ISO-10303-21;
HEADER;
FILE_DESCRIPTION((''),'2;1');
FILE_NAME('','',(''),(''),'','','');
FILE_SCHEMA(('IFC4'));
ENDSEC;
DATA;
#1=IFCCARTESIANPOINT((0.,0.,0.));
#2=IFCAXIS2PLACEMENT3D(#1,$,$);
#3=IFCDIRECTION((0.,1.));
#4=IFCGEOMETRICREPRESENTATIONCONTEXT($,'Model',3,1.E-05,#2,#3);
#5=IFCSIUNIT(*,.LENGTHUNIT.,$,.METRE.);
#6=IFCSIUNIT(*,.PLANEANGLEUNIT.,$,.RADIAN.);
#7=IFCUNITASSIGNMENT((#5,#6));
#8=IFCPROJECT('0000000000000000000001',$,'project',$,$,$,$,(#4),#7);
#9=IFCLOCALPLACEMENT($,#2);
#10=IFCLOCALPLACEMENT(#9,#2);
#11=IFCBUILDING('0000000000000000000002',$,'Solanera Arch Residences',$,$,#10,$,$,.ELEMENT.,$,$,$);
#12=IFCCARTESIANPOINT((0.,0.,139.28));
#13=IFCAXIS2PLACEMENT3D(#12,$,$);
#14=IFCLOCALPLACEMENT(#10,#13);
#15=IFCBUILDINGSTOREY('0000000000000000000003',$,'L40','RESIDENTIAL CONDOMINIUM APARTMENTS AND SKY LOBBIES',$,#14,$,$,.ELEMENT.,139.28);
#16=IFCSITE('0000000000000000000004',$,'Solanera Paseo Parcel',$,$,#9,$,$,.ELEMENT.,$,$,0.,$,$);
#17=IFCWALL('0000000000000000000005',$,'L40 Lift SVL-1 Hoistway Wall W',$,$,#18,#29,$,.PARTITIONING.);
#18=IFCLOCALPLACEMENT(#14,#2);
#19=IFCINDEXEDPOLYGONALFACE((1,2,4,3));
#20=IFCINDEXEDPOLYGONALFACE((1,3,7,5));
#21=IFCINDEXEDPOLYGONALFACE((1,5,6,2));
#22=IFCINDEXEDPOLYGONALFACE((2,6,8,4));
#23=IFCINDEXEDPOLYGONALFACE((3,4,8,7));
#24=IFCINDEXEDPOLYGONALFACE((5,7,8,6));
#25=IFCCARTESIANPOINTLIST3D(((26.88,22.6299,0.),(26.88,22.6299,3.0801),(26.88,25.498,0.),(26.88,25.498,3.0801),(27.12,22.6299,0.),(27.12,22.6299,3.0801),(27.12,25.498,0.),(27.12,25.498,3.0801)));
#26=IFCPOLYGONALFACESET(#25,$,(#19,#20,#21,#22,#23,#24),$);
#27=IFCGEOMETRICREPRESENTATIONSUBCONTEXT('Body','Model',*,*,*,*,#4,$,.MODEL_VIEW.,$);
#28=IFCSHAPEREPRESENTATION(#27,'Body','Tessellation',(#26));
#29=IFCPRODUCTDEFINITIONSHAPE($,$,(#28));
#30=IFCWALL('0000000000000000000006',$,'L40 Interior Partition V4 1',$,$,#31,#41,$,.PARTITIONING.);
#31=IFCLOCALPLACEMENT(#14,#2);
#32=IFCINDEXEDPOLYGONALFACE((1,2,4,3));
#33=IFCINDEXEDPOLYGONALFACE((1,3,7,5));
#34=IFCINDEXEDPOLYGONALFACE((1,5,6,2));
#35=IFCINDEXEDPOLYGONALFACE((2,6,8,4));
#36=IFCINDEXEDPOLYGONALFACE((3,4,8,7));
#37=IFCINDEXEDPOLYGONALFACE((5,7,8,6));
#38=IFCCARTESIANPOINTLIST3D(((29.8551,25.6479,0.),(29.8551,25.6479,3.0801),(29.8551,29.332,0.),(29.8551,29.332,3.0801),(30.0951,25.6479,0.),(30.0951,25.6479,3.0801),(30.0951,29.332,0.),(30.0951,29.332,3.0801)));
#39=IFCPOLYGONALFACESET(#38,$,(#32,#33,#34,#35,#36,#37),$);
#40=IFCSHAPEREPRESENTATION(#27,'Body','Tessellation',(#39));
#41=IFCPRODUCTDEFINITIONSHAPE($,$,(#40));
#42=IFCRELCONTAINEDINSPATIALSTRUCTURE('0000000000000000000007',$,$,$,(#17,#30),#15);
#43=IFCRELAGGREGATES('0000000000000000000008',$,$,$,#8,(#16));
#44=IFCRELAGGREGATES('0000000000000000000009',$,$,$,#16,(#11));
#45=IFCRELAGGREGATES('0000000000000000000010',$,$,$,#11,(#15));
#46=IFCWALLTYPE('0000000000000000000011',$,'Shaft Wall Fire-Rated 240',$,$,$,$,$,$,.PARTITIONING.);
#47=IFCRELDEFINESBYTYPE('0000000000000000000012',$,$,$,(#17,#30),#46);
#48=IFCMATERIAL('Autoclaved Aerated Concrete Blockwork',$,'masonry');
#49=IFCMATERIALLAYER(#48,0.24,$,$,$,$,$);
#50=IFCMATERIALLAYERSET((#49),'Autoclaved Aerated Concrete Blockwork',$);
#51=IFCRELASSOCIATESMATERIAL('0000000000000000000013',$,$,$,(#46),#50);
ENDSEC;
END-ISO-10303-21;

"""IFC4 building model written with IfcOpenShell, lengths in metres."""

from ifc_helpers import new_model, si_unit, direction, frame, frame_2d, origin, place, context, subcontext, project, spatial, rectangle, extrude, material, layer, layer_set, type_object, element, save


model = new_model("IFC4")

# Units and contexts
model_context = context("Model", 3, precision=1e-05, world=origin(), true_north=direction((0.0, 1.0)))
body_context = subcontext(model_context, "Body", "Model", "MODEL_VIEW")
ifc_project = project(units=[si_unit("LENGTHUNIT", "METRE"), si_unit("PLANEANGLEUNIT", "RADIAN")], contexts=[model_context])

# Site, building, storey
site_placement = place(None, origin())
site = spatial("IfcSite", under=ifc_project, at=site_placement, Name="Solanera Paseo Parcel", CompositionType="ELEMENT", RefElevation=0.0)
building_placement = place(site_placement, origin())
building = spatial("IfcBuilding", under=site, at=building_placement, Name="Solanera Arch Residences", CompositionType="ELEMENT")
storey_placement = place(building_placement, frame((0.0, 0.0, 139.28)))
storey = spatial("IfcBuildingStorey", under=building, at=storey_placement, Name="L40", Description="RESIDENTIAL CONDOMINIUM APARTMENTS AND SKY LOBBIES", CompositionType="ELEMENT", Elevation=139.28)

# Walls
ifc_material_1 = material(Name="Autoclaved Aerated Concrete Blockwork", Category="masonry")
ifc_layer_1 = layer(ifc_material_1, 0.24)
ifc_layer_set_1 = layer_set([ifc_layer_1], Name="Autoclaved Aerated Concrete Blockwork")
wall_type_1 = type_object("IfcWallType", Name="Shaft Wall Fire-Rated 240", PredefinedType="PARTITIONING", material=ifc_layer_set_1)
wall_1_placement = place(storey_placement, frame((27.0, 22.6299, 0.0), z_axis=(0.0, 0.0, 1.0), x_axis=(0.0, 1.0, 0.0)))
element("IfcWall", 1, at=wall_1_placement, inside=storey, type_object=wall_type_1, Name="L40 Lift SVL-1 Hoistway Wall W", PredefinedType="PARTITIONING", context=body_context, shape_type="SweptSolid", body=[
    extrude(rectangle(XDim=2.8682, YDim=0.24, at=frame_2d((1.4341, 0.0))), origin(), (0.0, 0.0, 1.0), 3.0801),
])
wall_2_placement = place(storey_placement, frame((29.9751, 25.6479, 0.0), z_axis=(0.0, 0.0, 1.0), x_axis=(0.0, 1.0, 0.0)))
element("IfcWall", 2, at=wall_2_placement, inside=storey, type_object=wall_type_1, Name="L40 Interior Partition V4 1", PredefinedType="PARTITIONING", context=body_context, shape_type="SweptSolid", body=[
    extrude(rectangle(XDim=3.6841, YDim=0.24, at=frame_2d((1.842, 0.0))), origin(), (0.0, 0.0, 1.0), 3.0801),
])

save(model, "model.ifc")
